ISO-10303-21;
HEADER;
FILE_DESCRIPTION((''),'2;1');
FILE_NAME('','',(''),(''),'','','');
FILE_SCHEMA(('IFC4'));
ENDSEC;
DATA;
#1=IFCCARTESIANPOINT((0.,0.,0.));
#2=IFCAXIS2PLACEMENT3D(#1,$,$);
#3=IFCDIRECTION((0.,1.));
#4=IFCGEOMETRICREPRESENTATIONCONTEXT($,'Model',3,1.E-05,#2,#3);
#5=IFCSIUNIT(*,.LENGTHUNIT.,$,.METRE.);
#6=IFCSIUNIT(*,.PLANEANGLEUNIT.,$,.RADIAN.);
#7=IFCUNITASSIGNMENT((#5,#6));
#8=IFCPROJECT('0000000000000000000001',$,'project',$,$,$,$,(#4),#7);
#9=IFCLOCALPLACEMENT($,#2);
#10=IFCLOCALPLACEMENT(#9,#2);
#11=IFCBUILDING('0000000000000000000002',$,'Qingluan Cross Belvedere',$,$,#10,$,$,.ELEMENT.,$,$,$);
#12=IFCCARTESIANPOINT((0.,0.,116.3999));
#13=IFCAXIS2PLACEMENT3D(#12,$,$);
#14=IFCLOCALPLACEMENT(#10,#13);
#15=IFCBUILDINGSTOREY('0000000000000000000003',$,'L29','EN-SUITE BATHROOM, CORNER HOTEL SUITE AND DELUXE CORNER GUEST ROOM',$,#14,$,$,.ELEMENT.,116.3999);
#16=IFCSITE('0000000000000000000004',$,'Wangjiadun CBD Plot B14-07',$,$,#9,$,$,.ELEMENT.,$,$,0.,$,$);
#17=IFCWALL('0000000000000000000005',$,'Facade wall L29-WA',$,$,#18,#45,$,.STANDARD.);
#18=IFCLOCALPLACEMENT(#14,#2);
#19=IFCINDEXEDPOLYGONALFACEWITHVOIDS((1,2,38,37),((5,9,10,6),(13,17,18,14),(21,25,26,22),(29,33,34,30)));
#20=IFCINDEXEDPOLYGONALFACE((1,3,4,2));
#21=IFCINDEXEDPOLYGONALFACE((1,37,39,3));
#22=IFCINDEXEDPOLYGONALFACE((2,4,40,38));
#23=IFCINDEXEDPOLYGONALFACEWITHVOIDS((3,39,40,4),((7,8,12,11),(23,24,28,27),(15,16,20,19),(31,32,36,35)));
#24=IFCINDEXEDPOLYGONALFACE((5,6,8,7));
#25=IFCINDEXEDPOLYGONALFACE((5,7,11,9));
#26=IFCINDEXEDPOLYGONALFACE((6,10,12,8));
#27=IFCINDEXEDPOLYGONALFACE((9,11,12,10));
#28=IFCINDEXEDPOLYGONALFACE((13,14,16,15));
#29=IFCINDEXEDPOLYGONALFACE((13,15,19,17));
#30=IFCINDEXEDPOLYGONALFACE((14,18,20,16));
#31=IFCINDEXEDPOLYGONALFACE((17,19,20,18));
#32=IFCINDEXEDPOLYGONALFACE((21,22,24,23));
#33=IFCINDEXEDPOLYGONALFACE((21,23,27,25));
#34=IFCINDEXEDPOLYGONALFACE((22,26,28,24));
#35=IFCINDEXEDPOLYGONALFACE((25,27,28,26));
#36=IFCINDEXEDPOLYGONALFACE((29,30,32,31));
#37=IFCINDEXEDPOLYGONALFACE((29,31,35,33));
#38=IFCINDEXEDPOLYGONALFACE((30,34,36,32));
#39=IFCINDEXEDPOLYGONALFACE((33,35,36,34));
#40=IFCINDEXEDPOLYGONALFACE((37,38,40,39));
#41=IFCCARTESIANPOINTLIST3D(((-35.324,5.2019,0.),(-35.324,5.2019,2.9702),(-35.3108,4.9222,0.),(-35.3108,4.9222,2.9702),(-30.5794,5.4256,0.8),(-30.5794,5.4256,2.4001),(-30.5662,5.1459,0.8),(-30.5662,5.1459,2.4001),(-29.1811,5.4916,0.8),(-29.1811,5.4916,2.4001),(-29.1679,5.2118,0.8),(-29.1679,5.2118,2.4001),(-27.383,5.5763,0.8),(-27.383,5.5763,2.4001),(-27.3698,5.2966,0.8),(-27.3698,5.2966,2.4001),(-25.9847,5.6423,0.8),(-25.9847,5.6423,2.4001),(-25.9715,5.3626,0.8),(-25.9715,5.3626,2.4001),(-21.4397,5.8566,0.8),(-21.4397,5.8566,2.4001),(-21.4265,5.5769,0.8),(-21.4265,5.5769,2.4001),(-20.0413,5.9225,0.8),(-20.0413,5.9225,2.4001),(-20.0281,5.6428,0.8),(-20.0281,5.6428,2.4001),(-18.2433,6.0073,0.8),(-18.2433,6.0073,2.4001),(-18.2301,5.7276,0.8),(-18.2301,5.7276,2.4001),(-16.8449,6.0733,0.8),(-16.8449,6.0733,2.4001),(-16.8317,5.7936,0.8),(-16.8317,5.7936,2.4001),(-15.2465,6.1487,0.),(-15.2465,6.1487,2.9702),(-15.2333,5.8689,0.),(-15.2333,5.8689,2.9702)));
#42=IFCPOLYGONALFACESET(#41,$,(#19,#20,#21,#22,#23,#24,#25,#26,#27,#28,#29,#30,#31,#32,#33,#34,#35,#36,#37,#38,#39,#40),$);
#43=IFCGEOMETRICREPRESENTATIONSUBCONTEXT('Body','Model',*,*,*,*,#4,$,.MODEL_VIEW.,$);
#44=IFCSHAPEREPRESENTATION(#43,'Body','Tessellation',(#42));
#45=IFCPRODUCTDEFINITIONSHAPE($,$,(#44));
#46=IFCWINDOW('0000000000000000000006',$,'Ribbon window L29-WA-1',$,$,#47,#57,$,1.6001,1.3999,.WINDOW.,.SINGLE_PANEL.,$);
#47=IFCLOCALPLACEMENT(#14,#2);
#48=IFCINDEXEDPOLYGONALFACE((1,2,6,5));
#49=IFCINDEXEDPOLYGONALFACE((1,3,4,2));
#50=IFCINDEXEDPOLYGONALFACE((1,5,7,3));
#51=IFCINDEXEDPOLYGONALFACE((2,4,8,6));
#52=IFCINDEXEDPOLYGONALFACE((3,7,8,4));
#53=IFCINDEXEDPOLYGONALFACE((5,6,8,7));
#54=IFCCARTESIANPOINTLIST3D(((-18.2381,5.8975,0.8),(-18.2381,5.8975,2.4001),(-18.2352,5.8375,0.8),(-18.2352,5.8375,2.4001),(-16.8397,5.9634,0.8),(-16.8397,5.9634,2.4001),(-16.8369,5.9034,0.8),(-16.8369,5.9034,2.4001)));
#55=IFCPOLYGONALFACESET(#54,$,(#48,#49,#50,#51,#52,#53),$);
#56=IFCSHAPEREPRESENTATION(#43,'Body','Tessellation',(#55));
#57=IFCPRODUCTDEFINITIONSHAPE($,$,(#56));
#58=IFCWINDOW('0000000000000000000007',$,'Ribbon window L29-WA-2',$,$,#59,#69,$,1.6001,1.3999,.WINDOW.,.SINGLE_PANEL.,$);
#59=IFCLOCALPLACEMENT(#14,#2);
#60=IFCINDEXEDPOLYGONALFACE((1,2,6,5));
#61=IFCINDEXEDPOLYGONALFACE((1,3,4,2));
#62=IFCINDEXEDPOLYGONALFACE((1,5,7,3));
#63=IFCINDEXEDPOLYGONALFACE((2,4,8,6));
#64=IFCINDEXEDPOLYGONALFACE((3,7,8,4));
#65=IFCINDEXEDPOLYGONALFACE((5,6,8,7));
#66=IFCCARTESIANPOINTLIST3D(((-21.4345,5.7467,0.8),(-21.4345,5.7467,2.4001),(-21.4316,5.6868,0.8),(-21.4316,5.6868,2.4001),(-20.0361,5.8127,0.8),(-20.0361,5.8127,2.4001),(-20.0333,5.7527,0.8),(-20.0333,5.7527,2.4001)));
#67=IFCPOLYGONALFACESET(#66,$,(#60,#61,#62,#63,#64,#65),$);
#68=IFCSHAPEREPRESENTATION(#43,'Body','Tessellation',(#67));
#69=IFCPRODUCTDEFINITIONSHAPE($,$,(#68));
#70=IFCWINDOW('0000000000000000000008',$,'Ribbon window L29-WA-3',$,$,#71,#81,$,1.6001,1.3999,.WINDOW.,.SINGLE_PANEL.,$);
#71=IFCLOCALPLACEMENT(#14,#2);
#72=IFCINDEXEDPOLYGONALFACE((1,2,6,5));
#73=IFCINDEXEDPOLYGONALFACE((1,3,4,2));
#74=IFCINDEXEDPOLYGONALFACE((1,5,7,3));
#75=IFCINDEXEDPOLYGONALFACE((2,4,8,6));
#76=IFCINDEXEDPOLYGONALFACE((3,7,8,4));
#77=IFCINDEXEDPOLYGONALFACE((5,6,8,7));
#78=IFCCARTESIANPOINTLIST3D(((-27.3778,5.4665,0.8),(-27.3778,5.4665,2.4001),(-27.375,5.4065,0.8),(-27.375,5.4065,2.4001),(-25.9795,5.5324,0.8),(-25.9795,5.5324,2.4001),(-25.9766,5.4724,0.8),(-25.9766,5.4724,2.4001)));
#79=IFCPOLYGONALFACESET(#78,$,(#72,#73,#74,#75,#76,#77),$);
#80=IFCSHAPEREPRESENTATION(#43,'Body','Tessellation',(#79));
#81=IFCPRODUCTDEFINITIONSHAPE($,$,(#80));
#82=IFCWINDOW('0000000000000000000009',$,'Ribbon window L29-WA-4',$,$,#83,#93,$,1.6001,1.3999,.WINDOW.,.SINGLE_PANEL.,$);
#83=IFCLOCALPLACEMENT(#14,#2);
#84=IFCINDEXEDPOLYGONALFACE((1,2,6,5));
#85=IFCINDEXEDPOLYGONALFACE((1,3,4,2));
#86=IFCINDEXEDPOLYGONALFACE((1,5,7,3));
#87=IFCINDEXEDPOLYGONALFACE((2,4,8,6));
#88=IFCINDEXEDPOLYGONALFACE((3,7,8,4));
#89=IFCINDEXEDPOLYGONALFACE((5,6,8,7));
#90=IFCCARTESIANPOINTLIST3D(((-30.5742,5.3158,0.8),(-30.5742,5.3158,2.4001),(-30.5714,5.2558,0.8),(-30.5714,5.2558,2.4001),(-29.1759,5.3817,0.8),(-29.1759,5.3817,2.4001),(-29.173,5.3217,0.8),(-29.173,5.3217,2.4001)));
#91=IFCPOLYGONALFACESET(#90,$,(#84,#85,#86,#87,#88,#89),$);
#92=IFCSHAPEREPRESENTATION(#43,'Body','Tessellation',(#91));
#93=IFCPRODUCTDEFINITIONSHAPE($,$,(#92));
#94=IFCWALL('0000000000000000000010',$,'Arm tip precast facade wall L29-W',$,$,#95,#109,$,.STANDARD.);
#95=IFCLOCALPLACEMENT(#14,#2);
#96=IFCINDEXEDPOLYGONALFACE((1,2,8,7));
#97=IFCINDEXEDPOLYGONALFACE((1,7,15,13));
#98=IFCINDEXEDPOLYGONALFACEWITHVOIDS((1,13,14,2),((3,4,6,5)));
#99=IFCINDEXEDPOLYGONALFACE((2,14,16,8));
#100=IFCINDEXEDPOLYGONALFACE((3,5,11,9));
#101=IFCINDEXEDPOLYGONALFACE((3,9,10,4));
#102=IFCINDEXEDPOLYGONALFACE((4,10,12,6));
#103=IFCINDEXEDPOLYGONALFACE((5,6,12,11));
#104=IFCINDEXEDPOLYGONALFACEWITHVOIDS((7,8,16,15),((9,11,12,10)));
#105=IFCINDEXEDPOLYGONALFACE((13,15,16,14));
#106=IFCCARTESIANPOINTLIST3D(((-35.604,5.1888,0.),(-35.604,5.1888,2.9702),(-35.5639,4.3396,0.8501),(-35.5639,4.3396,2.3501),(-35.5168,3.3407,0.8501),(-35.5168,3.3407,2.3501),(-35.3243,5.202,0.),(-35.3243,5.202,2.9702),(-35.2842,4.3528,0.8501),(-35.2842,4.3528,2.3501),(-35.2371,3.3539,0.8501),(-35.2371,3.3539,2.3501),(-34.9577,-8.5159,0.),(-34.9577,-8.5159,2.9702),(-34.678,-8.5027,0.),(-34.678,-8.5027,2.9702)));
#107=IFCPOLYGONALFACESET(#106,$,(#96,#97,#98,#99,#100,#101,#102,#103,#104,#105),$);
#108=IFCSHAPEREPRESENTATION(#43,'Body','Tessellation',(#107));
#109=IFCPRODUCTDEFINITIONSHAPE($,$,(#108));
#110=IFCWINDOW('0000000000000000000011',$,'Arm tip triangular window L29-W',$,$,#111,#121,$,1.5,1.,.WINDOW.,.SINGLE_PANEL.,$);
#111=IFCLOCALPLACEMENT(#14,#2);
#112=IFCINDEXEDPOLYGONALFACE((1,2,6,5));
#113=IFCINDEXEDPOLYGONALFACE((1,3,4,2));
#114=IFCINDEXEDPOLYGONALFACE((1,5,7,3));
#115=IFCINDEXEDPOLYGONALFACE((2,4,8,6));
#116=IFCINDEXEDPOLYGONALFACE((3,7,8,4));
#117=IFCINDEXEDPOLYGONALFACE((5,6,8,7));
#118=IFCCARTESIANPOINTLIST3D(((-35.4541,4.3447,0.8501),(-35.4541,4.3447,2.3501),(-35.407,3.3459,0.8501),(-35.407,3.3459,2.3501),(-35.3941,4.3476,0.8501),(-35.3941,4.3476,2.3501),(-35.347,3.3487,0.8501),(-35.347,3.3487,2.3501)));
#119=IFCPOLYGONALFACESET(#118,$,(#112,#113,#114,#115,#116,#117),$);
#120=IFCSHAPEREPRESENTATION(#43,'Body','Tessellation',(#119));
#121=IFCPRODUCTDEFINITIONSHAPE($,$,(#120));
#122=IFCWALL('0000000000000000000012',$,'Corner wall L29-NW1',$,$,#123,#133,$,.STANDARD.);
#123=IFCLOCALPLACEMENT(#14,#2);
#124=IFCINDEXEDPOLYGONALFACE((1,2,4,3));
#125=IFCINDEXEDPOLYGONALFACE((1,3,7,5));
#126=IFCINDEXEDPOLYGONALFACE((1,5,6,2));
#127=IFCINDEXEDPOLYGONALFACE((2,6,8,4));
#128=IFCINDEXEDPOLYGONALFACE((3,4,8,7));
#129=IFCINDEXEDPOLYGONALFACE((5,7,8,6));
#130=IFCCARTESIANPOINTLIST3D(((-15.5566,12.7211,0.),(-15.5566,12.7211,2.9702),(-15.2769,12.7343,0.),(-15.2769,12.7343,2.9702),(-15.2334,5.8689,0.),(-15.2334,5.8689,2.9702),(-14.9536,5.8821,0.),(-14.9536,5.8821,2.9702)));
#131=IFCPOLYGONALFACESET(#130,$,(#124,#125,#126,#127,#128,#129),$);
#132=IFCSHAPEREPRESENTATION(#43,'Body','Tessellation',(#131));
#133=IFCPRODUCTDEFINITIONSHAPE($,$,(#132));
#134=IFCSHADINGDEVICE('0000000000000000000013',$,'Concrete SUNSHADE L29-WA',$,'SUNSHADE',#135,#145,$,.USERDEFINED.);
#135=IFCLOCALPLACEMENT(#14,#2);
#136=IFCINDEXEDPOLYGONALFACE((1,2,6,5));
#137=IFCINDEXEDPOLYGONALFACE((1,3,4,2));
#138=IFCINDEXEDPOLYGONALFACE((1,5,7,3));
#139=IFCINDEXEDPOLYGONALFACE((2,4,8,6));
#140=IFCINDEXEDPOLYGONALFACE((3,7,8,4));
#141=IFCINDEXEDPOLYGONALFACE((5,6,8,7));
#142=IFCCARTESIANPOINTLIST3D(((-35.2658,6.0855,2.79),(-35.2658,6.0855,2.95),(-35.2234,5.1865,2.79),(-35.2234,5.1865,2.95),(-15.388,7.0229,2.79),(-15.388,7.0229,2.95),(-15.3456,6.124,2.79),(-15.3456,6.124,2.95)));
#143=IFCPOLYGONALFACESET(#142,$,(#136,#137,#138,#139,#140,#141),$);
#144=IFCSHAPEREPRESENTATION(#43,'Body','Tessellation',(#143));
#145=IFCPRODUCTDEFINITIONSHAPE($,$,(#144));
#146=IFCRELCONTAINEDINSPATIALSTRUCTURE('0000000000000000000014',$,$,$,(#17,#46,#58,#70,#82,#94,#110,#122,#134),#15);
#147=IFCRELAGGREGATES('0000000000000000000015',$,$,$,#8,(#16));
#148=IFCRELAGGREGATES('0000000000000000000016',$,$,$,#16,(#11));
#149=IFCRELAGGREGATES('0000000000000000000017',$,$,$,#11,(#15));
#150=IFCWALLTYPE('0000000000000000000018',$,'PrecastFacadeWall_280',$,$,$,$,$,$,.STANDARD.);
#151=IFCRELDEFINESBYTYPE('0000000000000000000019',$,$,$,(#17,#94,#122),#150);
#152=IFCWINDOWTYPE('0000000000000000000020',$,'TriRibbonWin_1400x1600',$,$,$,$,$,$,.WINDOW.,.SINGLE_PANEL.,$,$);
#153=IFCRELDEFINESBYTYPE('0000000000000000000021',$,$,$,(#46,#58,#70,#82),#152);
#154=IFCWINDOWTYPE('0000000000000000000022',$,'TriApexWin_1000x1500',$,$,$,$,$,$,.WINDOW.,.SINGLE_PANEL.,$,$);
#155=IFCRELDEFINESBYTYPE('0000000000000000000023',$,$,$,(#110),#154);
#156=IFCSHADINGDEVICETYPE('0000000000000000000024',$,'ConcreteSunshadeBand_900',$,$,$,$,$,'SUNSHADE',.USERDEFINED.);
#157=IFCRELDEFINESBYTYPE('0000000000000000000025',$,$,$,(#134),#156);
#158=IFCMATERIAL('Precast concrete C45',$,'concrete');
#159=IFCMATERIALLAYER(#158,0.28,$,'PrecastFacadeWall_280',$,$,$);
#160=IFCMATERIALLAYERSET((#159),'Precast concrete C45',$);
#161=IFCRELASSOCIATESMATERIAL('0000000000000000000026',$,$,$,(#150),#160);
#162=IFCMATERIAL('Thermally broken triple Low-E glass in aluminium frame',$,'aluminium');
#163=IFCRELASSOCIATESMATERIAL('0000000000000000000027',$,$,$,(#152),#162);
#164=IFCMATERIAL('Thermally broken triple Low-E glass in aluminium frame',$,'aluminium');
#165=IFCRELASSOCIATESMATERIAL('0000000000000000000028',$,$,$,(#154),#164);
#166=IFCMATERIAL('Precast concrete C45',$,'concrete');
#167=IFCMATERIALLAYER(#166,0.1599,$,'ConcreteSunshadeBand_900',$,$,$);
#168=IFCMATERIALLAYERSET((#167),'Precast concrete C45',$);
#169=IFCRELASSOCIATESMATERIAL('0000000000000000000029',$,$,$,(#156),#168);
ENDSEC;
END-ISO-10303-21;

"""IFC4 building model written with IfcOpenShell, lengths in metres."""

from ifc_helpers import new_model, si_unit, direction, frame, frame_2d, origin, origin_2d, place, context, subcontext, project, spatial, rectangle, extrude, material, layer, layer_set, type_object, element, fill, save


model = new_model("IFC4")

# Units and contexts
model_context = context("Model", 3, precision=1e-05, world=origin(), true_north=direction((0.0, 1.0)))
body_context = subcontext(model_context, "Body", "Model", "MODEL_VIEW")
ifc_project = project(units=[si_unit("LENGTHUNIT", "METRE"), si_unit("PLANEANGLEUNIT", "RADIAN")], contexts=[model_context])

# Site, building, storey
site_placement = place(None, origin())
site = spatial("IfcSite", under=ifc_project, at=site_placement, Name="Wangjiadun CBD Plot B14-07", CompositionType="ELEMENT", RefElevation=0.0)
building_placement = place(site_placement, origin())
building = spatial("IfcBuilding", under=site, at=building_placement, Name="Qingluan Cross Belvedere", CompositionType="ELEMENT")
storey_placement = place(building_placement, frame((0.0, 0.0, 116.3999)))
storey = spatial("IfcBuildingStorey", under=building, at=storey_placement, Name="L29", Description="EN-SUITE BATHROOM, CORNER HOTEL SUITE AND DELUXE CORNER GUEST ROOM", CompositionType="ELEMENT", Elevation=116.3999)

# Wall, openings, windows
ifc_material_1 = material(Name="Precast concrete C45", Category="concrete")
ifc_layer_1 = layer(ifc_material_1, 0.28, Name="PrecastFacadeWall_280")
ifc_layer_set_1 = layer_set([ifc_layer_1], Name="Precast concrete C45")
wall_type_1 = type_object("IfcWallType", Name="PrecastFacadeWall_280", PredefinedType="STANDARD", material=ifc_layer_set_1)
wall_1_placement = place(storey_placement, frame((-15.24, 6.0088, 0.0), z_axis=(0.0, 0.0, 1.0), x_axis=(-0.99889, -0.047103, 0.0)))
wall_1 = element("IfcWall", 1, at=wall_1_placement, inside=storey, type_object=wall_type_1, Name="Facade wall L29-WA", PredefinedType="STANDARD", context=body_context, shape_type="SweptSolid", body=[
    extrude(rectangle(XDim=20.0999, YDim=0.28, at=frame_2d((10.0498, 0.0))), origin(), (0.0, 0.0, 1.0), 2.9702),
])
opening_1_placement = place(wall_1_placement, frame((1.6001, 0.0, 0.8)))
opening_1 = element("IfcOpeningElement", 2, at=opening_1_placement, cuts=wall_1, PredefinedType="OPENING", context=body_context, shape_type="SweptSolid", body=[
    extrude(rectangle(XDim=1.3999, YDim=1.6001, at=frame_2d((0.7, 0.8))), frame((0.0, 0.1499, 0.0), z_axis=(0.0, -1.0, 0.0), x_axis=(1.0, 0.0, 0.0)), (0.0, 0.0, 1.0), 0.3),
])
opening_2_placement = place(wall_1_placement, frame((4.8, 0.0, 0.8)))
opening_2 = element("IfcOpeningElement", 3, at=opening_2_placement, cuts=wall_1, PredefinedType="OPENING", context=body_context, shape_type="SweptSolid", body=[
    extrude(rectangle(XDim=1.3999, YDim=1.6001, at=frame_2d((0.7, 0.8))), frame((0.0, 0.1499, 0.0), z_axis=(0.0, -1.0, 0.0), x_axis=(1.0, 0.0, 0.0)), (0.0, 0.0, 1.0), 0.3),
])
opening_3_placement = place(wall_1_placement, frame((10.75, 0.0, 0.8)))
opening_3 = element("IfcOpeningElement", 4, at=opening_3_placement, cuts=wall_1, PredefinedType="OPENING", context=body_context, shape_type="SweptSolid", body=[
    extrude(rectangle(XDim=1.3999, YDim=1.6001, at=frame_2d((0.7, 0.8))), frame((0.0, 0.1499, 0.0), z_axis=(0.0, -1.0, 0.0), x_axis=(1.0, 0.0, 0.0)), (0.0, 0.0, 1.0), 0.3),
])
opening_4_placement = place(wall_1_placement, frame((13.95, 0.0, 0.8)))
opening_4 = element("IfcOpeningElement", 5, at=opening_4_placement, cuts=wall_1, PredefinedType="OPENING", context=body_context, shape_type="SweptSolid", body=[
    extrude(rectangle(XDim=1.3999, YDim=1.6001, at=frame_2d((0.7, 0.8))), frame((0.0, 0.1499, 0.0), z_axis=(0.0, -1.0, 0.0), x_axis=(1.0, 0.0, 0.0)), (0.0, 0.0, 1.0), 0.3),
])
ifc_material_2 = material(Name="Thermally broken triple Low-E glass in aluminium frame", Category="aluminium")
window_type_1 = type_object("IfcWindowType", Name="TriRibbonWin_1400x1600", PartitioningType="SINGLE_PANEL", PredefinedType="WINDOW", material=ifc_material_2)
window_1_placement = place(opening_1_placement, origin())
window_1 = element("IfcWindow", 6, at=window_1_placement, inside=storey, type_object=window_type_1, Name="Ribbon window L29-WA-1", OverallHeight=1.6001, OverallWidth=1.3999, PartitioningType="SINGLE_PANEL", PredefinedType="WINDOW", context=body_context, shape_type="SweptSolid", body=[
    extrude(rectangle(XDim=1.3999, YDim=1.6001, at=frame_2d((0.7, 0.8))), frame((0.0, 0.03, 0.0), z_axis=(0.0, -1.0, 0.0), x_axis=(1.0, 0.0, 0.0)), (0.0, 0.0, 1.0), 0.0601),
])
fill(opening_1, window_1)
window_2_placement = place(opening_2_placement, origin())
window_2 = element("IfcWindow", 7, at=window_2_placement, inside=storey, type_object=window_type_1, Name="Ribbon window L29-WA-2", OverallHeight=1.6001, OverallWidth=1.3999, PartitioningType="SINGLE_PANEL", PredefinedType="WINDOW", context=body_context, shape_type="SweptSolid", body=[
    extrude(rectangle(XDim=1.3999, YDim=1.6001, at=frame_2d((0.7, 0.8))), frame((0.0, 0.03, 0.0), z_axis=(0.0, -1.0, 0.0), x_axis=(1.0, 0.0, 0.0)), (0.0, 0.0, 1.0), 0.0601),
])
fill(opening_2, window_2)
window_3_placement = place(opening_3_placement, origin())
window_3 = element("IfcWindow", 8, at=window_3_placement, inside=storey, type_object=window_type_1, Name="Ribbon window L29-WA-3", OverallHeight=1.6001, OverallWidth=1.3999, PartitioningType="SINGLE_PANEL", PredefinedType="WINDOW", context=body_context, shape_type="SweptSolid", body=[
    extrude(rectangle(XDim=1.3999, YDim=1.6001, at=frame_2d((0.7, 0.8))), frame((0.0, 0.03, 0.0), z_axis=(0.0, -1.0, 0.0), x_axis=(1.0, 0.0, 0.0)), (0.0, 0.0, 1.0), 0.0601),
])
fill(opening_3, window_3)
window_4_placement = place(opening_4_placement, origin())
window_4 = element("IfcWindow", 9, at=window_4_placement, inside=storey, type_object=window_type_1, Name="Ribbon window L29-WA-4", OverallHeight=1.6001, OverallWidth=1.3999, PartitioningType="SINGLE_PANEL", PredefinedType="WINDOW", context=body_context, shape_type="SweptSolid", body=[
    extrude(rectangle(XDim=1.3999, YDim=1.6001, at=frame_2d((0.7, 0.8))), frame((0.0, 0.03, 0.0), z_axis=(0.0, -1.0, 0.0), x_axis=(1.0, 0.0, 0.0)), (0.0, 0.0, 1.0), 0.0601),
])
fill(opening_4, window_4)

# Wall, opening, window
wall_2_placement = place(storey_placement, frame((-35.4641, 5.1953, 0.0), z_axis=(0.0, 0.0, 1.0), x_axis=(0.047102, -0.99889, 0.0)))
wall_2 = element("IfcWall", 10, at=wall_2_placement, inside=storey, type_object=wall_type_1, Name="Arm tip precast facade wall L29-W", PredefinedType="STANDARD", context=body_context, shape_type="SweptSolid", body=[
    extrude(rectangle(XDim=13.72, YDim=0.28, at=frame_2d((6.8599, 0.0))), origin(), (0.0, 0.0, 1.0), 2.9702),
])
opening_5_placement = place(wall_2_placement, frame((0.8501, 0.0, 0.8501)))
opening_5 = element("IfcOpeningElement", 11, at=opening_5_placement, cuts=wall_2, PredefinedType="OPENING", context=body_context, shape_type="SweptSolid", body=[
    extrude(rectangle(XDim=1.0, YDim=1.5, at=frame_2d((0.5, 0.75))), frame((0.0, 0.1499, 0.0), z_axis=(0.0, -1.0, 0.0), x_axis=(1.0, 0.0, 0.0)), (0.0, 0.0, 1.0), 0.3),
])
ifc_material_3 = material(Name="Thermally broken triple Low-E glass in aluminium frame", Category="aluminium")
window_type_2 = type_object("IfcWindowType", Name="TriApexWin_1000x1500", PartitioningType="SINGLE_PANEL", PredefinedType="WINDOW", material=ifc_material_3)
window_5_placement = place(opening_5_placement, origin())
window_5 = element("IfcWindow", 12, at=window_5_placement, inside=storey, type_object=window_type_2, Name="Arm tip triangular window L29-W", OverallHeight=1.5, OverallWidth=1.0, PartitioningType="SINGLE_PANEL", PredefinedType="WINDOW", context=body_context, shape_type="SweptSolid", body=[
    extrude(rectangle(XDim=1.0, YDim=1.5, at=frame_2d((0.5, 0.75))), frame((0.0, 0.03, 0.0), z_axis=(0.0, -1.0, 0.0), x_axis=(1.0, 0.0, 0.0)), (0.0, 0.0, 1.0), 0.0601),
])
fill(opening_5, window_5)

# Wall
wall_3_placement = place(storey_placement, frame((-15.0935, 5.8755, 0.0), z_axis=(0.0, 0.0, 1.0), x_axis=(-0.04712, 0.998889, 0.0)))
element("IfcWall", 13, at=wall_3_placement, inside=storey, type_object=wall_type_1, Name="Corner wall L29-NW1", PredefinedType="STANDARD", context=body_context, shape_type="SweptSolid", body=[
    extrude(rectangle(XDim=6.8599, YDim=0.28, at=frame_2d((3.4299, 0.0))), origin(), (0.0, 0.0, 1.0), 2.9702),
])

# Shading device
ifc_material_4 = material(Name="Precast concrete C45", Category="concrete")
ifc_layer_2 = layer(ifc_material_4, 0.1599, Name="ConcreteSunshadeBand_900")
ifc_layer_set_2 = layer_set([ifc_layer_2], Name="Precast concrete C45")
shading_device_type = type_object("IfcShadingDeviceType", Name="ConcreteSunshadeBand_900", ElementType="SUNSHADE", PredefinedType="USERDEFINED", material=ifc_layer_set_2)
shading_device_placement = place(storey_placement, frame((-25.3057, 6.1047, 2.79), z_axis=(0.0, 0.0, 1.0), x_axis=(-0.99889, -0.047109, 0.0)))
element("IfcShadingDevice", 14, at=shading_device_placement, inside=storey, type_object=shading_device_type, Name="Concrete SUNSHADE L29-WA", ObjectType="SUNSHADE", PredefinedType="USERDEFINED", context=body_context, shape_type="SweptSolid", body=[
    extrude(rectangle(XDim=19.8999, YDim=0.8999, at=origin_2d()), origin(), (0.0, 0.0, 1.0), 0.1599),
])

save(model, "model.ifc")
